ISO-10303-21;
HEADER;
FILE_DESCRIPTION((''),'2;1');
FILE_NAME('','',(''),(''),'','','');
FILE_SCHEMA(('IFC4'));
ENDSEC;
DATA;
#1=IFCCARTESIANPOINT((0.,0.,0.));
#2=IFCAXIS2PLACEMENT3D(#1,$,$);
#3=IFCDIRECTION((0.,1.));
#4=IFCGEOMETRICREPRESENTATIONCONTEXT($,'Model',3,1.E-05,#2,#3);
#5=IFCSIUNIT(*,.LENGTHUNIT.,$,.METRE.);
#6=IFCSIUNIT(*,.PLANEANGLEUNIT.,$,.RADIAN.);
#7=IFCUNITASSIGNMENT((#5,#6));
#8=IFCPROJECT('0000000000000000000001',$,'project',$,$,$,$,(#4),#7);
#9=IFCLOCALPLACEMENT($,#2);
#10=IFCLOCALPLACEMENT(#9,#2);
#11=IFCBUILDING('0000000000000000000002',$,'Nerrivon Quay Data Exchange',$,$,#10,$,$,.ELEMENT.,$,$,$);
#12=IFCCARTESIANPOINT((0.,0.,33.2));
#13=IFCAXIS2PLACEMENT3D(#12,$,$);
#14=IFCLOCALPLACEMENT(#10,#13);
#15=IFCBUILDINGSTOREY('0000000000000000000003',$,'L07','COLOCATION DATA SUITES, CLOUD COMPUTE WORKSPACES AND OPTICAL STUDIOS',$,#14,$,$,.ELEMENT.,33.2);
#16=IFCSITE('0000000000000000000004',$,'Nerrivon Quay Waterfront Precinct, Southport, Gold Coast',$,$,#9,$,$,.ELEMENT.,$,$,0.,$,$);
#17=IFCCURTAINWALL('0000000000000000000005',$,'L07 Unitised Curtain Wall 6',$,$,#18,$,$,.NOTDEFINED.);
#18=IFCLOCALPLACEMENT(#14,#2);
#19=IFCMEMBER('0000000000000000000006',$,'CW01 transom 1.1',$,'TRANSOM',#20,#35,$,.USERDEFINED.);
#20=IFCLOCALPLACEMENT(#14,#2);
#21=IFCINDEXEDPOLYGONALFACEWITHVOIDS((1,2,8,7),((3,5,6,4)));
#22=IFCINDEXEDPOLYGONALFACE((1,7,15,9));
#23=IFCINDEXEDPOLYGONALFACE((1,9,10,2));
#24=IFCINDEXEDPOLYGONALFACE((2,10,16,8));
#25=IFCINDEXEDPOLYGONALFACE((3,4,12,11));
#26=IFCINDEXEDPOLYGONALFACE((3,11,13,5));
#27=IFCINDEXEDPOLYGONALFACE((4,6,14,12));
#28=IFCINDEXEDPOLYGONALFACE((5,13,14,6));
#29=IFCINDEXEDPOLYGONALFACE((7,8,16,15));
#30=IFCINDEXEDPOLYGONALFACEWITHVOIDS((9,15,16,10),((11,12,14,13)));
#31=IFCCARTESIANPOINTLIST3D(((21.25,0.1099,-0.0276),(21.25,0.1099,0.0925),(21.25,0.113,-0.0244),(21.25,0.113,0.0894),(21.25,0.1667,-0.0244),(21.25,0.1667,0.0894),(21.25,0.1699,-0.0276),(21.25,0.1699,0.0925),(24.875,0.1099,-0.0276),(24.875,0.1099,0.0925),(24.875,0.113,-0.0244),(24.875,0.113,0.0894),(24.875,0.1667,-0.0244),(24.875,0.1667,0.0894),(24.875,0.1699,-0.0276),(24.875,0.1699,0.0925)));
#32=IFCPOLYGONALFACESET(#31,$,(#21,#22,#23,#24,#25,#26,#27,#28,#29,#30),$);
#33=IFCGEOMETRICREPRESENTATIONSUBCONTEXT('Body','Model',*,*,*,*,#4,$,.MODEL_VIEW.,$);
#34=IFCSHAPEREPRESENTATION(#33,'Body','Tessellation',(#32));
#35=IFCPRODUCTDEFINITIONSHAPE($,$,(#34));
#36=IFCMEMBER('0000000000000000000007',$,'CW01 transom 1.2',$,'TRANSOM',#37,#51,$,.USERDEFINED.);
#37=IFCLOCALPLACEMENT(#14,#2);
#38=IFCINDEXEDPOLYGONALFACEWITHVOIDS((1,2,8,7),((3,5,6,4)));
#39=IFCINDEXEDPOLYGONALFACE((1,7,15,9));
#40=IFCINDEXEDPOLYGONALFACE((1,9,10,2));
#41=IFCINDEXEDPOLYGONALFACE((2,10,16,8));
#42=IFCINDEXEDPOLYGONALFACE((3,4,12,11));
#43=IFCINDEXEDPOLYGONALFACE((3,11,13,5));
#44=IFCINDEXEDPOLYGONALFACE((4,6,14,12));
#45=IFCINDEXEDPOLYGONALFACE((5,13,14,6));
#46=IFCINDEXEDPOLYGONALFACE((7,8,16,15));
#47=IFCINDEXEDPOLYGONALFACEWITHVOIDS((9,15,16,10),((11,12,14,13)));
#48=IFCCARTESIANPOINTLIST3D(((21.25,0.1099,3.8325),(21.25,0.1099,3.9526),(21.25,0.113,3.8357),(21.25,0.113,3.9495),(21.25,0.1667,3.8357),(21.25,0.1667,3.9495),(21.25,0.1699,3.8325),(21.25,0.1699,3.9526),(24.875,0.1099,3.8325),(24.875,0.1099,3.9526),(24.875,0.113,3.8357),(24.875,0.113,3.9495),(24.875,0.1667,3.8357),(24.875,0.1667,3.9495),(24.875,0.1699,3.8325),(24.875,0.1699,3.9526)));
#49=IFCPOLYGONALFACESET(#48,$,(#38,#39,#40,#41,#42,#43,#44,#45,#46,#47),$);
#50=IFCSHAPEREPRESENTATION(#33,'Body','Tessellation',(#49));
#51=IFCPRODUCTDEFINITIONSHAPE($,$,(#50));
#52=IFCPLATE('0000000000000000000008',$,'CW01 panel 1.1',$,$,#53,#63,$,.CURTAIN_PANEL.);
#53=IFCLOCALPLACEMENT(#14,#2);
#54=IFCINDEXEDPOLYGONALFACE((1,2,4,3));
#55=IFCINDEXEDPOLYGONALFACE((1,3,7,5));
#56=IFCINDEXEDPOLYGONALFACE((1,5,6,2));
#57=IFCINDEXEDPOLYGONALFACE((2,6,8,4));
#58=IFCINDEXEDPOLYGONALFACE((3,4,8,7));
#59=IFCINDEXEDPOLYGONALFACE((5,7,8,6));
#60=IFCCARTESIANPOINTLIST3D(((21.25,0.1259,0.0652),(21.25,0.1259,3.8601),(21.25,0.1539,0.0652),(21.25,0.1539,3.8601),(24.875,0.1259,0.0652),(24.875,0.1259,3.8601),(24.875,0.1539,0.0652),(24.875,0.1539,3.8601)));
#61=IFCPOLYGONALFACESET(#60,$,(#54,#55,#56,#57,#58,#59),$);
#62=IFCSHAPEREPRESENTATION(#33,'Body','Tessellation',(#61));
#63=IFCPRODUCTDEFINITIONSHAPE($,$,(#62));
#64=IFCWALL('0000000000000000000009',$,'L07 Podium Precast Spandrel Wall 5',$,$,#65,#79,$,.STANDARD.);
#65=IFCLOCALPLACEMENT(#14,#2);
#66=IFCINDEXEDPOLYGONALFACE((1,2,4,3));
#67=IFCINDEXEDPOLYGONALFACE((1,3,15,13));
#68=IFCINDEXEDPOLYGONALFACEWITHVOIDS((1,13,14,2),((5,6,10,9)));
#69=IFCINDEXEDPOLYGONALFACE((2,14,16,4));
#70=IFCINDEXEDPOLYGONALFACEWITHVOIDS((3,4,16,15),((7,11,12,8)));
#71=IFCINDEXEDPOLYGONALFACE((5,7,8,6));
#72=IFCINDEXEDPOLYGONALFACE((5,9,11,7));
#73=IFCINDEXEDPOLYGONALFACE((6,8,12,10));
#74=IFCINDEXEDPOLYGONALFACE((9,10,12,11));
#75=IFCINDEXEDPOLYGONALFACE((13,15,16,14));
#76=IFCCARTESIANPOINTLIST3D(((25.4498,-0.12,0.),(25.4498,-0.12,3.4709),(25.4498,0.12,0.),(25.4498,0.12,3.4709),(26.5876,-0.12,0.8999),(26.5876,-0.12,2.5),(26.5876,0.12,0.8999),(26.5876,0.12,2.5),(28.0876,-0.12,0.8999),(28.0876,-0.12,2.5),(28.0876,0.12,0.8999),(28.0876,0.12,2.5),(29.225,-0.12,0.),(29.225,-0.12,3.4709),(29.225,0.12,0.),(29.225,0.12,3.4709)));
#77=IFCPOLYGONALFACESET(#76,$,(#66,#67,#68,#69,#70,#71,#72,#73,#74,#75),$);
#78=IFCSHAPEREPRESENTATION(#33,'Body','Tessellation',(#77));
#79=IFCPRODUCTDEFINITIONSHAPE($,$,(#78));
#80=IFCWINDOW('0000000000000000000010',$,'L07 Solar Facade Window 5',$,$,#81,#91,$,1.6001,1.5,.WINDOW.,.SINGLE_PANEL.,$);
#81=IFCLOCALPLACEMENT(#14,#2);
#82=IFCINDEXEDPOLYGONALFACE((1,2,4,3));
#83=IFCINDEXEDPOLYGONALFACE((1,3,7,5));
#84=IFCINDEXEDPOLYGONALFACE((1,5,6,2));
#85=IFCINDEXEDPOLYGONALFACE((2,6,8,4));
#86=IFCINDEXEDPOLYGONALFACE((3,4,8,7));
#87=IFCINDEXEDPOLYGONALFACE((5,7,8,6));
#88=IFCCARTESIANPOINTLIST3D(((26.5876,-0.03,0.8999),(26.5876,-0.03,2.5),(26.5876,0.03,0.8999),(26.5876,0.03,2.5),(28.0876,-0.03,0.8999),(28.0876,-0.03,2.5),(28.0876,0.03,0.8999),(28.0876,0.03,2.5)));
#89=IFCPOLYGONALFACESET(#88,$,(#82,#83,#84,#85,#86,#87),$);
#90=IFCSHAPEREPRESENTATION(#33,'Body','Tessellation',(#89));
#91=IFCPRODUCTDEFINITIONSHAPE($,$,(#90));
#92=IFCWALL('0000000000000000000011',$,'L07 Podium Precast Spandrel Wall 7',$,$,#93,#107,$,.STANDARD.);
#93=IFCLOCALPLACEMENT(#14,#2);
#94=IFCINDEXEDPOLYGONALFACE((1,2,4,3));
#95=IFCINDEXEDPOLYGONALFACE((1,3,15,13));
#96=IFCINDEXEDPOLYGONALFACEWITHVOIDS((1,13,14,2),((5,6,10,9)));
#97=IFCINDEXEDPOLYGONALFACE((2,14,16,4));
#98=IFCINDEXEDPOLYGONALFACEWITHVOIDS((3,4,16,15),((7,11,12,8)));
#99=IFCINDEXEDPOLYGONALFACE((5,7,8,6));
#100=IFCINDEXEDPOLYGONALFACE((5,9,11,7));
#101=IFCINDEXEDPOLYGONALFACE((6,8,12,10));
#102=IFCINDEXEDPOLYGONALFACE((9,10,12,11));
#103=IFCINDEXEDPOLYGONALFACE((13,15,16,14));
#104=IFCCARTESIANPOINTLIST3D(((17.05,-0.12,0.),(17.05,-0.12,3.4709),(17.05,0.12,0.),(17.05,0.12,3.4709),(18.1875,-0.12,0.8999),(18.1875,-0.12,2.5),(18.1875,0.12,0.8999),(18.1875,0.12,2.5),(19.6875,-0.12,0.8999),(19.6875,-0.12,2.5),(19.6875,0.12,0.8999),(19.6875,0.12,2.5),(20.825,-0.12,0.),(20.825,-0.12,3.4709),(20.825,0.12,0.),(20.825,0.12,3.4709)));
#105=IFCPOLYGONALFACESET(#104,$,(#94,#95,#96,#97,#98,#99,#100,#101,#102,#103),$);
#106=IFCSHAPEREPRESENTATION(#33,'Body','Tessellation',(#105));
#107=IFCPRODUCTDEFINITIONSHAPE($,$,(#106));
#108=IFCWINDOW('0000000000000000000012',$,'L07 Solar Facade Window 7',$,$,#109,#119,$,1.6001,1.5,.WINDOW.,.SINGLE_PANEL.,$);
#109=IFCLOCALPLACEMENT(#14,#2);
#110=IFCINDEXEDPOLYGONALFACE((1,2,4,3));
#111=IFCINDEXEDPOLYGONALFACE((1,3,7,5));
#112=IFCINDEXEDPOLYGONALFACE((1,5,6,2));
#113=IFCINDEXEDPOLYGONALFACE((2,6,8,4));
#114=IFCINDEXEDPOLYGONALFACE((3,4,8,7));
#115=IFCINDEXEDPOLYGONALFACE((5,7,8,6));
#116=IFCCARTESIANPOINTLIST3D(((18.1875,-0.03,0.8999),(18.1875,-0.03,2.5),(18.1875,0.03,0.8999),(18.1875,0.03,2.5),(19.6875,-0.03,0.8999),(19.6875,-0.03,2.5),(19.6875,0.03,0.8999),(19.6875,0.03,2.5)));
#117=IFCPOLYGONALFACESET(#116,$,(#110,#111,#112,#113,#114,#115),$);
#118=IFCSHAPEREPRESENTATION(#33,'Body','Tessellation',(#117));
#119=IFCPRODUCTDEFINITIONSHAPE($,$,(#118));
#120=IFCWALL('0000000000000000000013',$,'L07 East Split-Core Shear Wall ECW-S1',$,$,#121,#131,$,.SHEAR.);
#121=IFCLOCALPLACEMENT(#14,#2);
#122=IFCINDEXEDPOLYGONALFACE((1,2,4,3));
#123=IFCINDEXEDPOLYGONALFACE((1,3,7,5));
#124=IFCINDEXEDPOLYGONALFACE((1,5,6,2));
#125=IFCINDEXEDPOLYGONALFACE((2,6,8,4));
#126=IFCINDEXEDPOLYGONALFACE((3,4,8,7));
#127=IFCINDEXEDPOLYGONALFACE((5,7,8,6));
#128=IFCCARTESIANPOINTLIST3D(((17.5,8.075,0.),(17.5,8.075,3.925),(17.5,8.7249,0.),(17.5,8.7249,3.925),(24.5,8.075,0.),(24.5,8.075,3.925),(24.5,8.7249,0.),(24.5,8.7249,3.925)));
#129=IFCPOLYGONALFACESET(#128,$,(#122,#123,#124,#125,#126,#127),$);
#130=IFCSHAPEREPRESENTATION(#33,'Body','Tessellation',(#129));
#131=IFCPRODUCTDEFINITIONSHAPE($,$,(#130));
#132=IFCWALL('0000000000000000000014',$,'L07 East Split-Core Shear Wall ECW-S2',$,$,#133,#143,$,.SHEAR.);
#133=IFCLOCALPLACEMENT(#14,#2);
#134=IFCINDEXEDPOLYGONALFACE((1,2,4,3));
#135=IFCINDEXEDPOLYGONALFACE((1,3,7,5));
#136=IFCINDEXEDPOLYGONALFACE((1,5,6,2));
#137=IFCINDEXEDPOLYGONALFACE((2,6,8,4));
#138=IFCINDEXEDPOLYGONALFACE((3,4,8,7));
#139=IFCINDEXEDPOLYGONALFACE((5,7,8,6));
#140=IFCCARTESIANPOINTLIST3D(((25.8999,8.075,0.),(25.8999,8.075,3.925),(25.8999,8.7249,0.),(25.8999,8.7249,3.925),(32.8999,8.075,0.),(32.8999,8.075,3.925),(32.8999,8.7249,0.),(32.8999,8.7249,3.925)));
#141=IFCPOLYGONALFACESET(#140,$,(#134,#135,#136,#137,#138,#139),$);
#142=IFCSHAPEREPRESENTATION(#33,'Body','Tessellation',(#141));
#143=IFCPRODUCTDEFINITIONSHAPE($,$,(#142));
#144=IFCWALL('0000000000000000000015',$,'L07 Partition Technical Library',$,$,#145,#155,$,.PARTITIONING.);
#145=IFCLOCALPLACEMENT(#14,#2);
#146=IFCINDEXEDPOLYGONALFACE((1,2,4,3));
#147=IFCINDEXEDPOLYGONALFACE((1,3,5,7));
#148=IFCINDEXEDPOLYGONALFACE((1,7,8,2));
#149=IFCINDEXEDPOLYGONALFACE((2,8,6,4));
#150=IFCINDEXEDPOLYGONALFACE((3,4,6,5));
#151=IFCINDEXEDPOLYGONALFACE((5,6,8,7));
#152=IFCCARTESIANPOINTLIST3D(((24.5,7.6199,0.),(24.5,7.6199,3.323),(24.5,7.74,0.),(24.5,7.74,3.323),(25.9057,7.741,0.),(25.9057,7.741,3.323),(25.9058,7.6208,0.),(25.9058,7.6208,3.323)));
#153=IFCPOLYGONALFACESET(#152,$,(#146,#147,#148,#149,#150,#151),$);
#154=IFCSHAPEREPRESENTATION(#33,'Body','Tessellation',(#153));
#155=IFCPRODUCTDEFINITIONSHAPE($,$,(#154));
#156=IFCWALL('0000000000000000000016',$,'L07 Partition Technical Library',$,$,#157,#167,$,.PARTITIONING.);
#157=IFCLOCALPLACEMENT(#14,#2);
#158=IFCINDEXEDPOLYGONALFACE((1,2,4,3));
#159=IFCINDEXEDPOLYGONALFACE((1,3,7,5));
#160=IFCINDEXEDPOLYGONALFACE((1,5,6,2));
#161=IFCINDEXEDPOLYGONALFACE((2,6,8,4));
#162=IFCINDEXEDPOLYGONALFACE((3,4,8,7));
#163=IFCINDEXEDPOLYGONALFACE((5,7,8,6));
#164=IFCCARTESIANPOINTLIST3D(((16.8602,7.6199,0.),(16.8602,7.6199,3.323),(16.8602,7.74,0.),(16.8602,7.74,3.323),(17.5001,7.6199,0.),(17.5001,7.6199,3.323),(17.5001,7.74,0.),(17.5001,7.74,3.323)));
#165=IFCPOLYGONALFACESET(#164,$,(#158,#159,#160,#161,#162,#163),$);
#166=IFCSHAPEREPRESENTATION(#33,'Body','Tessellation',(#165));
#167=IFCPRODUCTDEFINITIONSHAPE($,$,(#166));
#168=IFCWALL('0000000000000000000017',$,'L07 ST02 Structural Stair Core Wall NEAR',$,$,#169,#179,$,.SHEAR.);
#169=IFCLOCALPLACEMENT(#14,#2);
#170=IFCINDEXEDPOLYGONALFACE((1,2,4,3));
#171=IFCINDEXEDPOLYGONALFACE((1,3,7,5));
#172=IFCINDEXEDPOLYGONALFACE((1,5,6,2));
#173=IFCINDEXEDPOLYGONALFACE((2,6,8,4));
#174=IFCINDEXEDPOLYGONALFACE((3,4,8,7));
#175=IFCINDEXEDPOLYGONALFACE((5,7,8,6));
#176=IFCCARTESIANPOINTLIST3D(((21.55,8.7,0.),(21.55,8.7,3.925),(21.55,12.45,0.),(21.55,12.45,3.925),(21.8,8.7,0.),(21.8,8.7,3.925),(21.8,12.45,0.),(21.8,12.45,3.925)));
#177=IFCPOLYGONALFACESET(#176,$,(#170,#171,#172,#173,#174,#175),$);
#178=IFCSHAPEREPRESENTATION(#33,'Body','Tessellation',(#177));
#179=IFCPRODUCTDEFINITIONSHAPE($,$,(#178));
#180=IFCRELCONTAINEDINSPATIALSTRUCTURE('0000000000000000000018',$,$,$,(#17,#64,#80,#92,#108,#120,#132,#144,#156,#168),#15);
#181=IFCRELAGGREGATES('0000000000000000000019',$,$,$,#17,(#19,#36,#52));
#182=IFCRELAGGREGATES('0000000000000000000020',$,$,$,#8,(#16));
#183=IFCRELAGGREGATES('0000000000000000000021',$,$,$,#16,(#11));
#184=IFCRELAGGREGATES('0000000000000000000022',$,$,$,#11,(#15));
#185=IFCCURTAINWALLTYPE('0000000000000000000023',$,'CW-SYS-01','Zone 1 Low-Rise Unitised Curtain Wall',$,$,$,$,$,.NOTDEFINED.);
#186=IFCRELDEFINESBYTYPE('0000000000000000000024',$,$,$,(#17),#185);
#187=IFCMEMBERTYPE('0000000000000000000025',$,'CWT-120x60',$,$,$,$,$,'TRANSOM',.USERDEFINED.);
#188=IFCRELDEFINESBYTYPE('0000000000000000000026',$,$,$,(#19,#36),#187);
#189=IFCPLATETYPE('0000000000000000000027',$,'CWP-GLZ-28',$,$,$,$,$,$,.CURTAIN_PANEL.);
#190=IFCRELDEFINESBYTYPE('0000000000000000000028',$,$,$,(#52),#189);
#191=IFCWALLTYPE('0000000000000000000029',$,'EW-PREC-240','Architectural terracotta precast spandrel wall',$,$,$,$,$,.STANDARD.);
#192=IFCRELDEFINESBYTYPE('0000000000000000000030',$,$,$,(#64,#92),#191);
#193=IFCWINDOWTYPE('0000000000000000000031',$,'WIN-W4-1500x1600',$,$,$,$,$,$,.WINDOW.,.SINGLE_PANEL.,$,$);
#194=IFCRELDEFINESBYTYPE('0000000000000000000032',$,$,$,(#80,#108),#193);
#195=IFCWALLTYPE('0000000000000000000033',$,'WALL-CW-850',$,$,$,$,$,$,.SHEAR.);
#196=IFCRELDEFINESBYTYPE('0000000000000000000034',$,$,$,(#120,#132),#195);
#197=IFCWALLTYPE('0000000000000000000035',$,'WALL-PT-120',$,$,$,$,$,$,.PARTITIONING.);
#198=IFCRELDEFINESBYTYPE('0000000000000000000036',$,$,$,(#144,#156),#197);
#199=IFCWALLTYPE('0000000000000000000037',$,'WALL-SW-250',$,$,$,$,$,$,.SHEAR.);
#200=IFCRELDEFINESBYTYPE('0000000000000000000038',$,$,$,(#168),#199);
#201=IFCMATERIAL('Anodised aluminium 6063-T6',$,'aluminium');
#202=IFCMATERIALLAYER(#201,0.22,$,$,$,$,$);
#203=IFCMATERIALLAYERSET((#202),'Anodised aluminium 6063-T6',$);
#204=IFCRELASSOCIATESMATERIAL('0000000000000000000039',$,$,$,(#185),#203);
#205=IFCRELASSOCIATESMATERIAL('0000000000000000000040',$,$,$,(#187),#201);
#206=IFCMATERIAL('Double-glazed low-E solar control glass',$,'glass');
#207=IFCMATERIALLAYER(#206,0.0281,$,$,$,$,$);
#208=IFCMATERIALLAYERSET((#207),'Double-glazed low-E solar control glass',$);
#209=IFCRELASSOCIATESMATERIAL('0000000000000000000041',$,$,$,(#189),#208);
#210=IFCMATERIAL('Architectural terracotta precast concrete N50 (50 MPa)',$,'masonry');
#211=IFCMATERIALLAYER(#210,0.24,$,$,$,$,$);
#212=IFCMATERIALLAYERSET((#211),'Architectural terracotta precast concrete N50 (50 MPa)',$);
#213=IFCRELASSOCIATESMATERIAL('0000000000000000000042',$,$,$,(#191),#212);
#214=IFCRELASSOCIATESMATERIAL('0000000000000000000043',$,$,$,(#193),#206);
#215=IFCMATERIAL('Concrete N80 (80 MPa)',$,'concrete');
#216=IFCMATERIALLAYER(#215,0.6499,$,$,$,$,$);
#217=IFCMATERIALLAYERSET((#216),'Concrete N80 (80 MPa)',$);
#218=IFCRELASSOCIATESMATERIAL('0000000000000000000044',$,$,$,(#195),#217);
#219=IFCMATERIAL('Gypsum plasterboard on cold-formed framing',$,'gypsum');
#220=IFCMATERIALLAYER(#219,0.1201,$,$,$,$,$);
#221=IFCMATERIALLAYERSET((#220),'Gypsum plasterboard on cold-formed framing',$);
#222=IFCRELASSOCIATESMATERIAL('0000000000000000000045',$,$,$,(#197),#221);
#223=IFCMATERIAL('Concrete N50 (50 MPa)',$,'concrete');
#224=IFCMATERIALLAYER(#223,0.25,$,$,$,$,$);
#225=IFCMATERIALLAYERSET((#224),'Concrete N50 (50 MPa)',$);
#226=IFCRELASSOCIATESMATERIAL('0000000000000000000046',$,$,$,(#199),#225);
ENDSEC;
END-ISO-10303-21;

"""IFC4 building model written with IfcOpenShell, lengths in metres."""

from ifc_helpers import new_model, si_unit, direction, frame, frame_2d, origin, origin_2d, place, context, subcontext, project, spatial, rectangle, hollow_rectangle, extrude, material, layer, layer_set, material_profile, profile_set, type_object, element, fill, aggregate, save


model = new_model("IFC4")

# Units and contexts
model_context = context("Model", 3, precision=1e-05, world=origin(), true_north=direction((0.0, 1.0)))
body_context = subcontext(model_context, "Body", "Model", "MODEL_VIEW")
ifc_project = project(units=[si_unit("LENGTHUNIT", "METRE"), si_unit("PLANEANGLEUNIT", "RADIAN")], contexts=[model_context])

# Site, building, storey
site_placement = place(None, origin())
site = spatial("IfcSite", under=ifc_project, at=site_placement, Name="Nerrivon Quay Waterfront Precinct, Southport, Gold Coast", CompositionType="ELEMENT", RefElevation=0.0)
building_placement = place(site_placement, origin())
building = spatial("IfcBuilding", under=site, at=building_placement, Name="Nerrivon Quay Data Exchange", CompositionType="ELEMENT")
storey_placement = place(building_placement, frame((0.0, 0.0, 33.2)))
storey = spatial("IfcBuildingStorey", under=building, at=storey_placement, Name="L07", Description="COLOCATION DATA SUITES, CLOUD COMPUTE WORKSPACES AND OPTICAL STUDIOS", CompositionType="ELEMENT", Elevation=33.2)

# Shared definitions
ifc_material_1 = material(Name="Concrete N80 (80 MPa)", Category="concrete")
ifc_material_2 = material(Name="Concrete N50 (50 MPa)", Category="concrete")

# Shared definitions
ifc_material_3 = material(Name="Anodised aluminium 6063-T6", Category="aluminium")
ifc_layer_1 = layer(ifc_material_3, 0.22)
ifc_layer_set_1 = layer_set([ifc_layer_1], Name="Anodised aluminium 6063-T6")
curtain_wall_type = type_object("IfcCurtainWallType", Name="CW-SYS-01", Description="Zone 1 Low-Rise Unitised Curtain Wall", PredefinedType="NOTDEFINED", material=ifc_layer_set_1)

# Curtain wall, members, plate
curtain_wall_1_placement = place(storey_placement, origin())
curtain_wall_1 = element("IfcCurtainWall", 1, at=curtain_wall_1_placement, inside=storey, type_object=curtain_wall_type, Name="L07 Unitised Curtain Wall 6", PredefinedType="NOTDEFINED")
ifc_material_profile_1 = material_profile(ifc_material_3, hollow_rectangle(XDim=0.0601, YDim=0.1201, WallThickness=0.0032, at=origin_2d()), Name="ALU-TRAN-120x60")
ifc_profile_set_1 = profile_set([ifc_material_profile_1], Name="Anodised aluminium 6063-T6")
member_type_1 = type_object("IfcMemberType", Name="CWT-120x60", ElementType="TRANSOM", PredefinedType="USERDEFINED", material=ifc_profile_set_1)
member_1_placement = place(storey_placement, frame((24.875, 0.1399, 0.0325), z_axis=(-1.0, 0.0, 0.0), x_axis=(0.0, -1.0, 0.0)))
member_1 = element("IfcMember", 2, at=member_1_placement, type_object=member_type_1, Name="CW01 transom 1.1", ObjectType="TRANSOM", PredefinedType="USERDEFINED", context=body_context, shape_type="SweptSolid", body=[
    extrude(hollow_rectangle(XDim=0.0601, YDim=0.1201, WallThickness=0.0032, at=origin_2d()), origin(), (0.0, 0.0, 1.0), 3.625),
])
member_2_placement = place(storey_placement, frame((24.875, 0.1399, 3.8926), z_axis=(-1.0, 0.0, 0.0), x_axis=(0.0, -1.0, 0.0)))
member_2 = element("IfcMember", 3, at=member_2_placement, type_object=member_type_1, Name="CW01 transom 1.2", ObjectType="TRANSOM", PredefinedType="USERDEFINED", context=body_context, shape_type="SweptSolid", body=[
    extrude(hollow_rectangle(XDim=0.0601, YDim=0.1201, WallThickness=0.0032, at=origin_2d()), origin(), (0.0, 0.0, 1.0), 3.625),
])
ifc_material_4 = material(Name="Double-glazed low-E solar control glass", Category="glass")
ifc_layer_2 = layer(ifc_material_4, 0.0281)
ifc_layer_set_2 = layer_set([ifc_layer_2], Name="Double-glazed low-E solar control glass")
plate_type = type_object("IfcPlateType", Name="CWP-GLZ-28", PredefinedType="CURTAIN_PANEL", material=ifc_layer_set_2)
plate_placement = place(storey_placement, frame((23.0625, 0.1399, 0.0652), z_axis=(0.0, 0.0, 1.0), x_axis=(-1.0, 0.0, 0.0)))
plate = element("IfcPlate", 4, at=plate_placement, type_object=plate_type, Name="CW01 panel 1.1", PredefinedType="CURTAIN_PANEL", context=body_context, shape_type="SweptSolid", body=[
    extrude(rectangle(XDim=3.625, YDim=0.0281, at=origin_2d()), origin(), (0.0, 0.0, 1.0), 3.7949),
])
aggregate(curtain_wall_1, [member_1, member_2, plate])

# Walls, openings, windows
ifc_material_5 = material(Name="Architectural terracotta precast concrete N50 (50 MPa)", Category="masonry")
ifc_layer_3 = layer(ifc_material_5, 0.24)
ifc_layer_set_3 = layer_set([ifc_layer_3], Name="Architectural terracotta precast concrete N50 (50 MPa)")
wall_type_1 = type_object("IfcWallType", Name="EW-PREC-240", Description="Architectural terracotta precast spandrel wall", PredefinedType="STANDARD", material=ifc_layer_set_3)
wall_1_placement = place(storey_placement, frame((29.2251, 0.0, 0.0), z_axis=(0.0, 0.0, 1.0), x_axis=(-1.0, 0.0, 0.0)))
wall_1 = element("IfcWall", 5, at=wall_1_placement, inside=storey, type_object=wall_type_1, Name="L07 Podium Precast Spandrel Wall 5", PredefinedType="STANDARD", context=body_context, shape_type="SweptSolid", body=[
    extrude(rectangle(XDim=3.7751, YDim=0.24, at=frame_2d((1.8877, 0.0))), origin(), (0.0, 0.0, 1.0), 3.4709),
])
opening_1_placement = place(wall_1_placement, frame((1.1375, 0.0, 0.8999)))
opening_1 = element("IfcOpeningElement", 6, at=opening_1_placement, cuts=wall_1, PredefinedType="OPENING", context=body_context, shape_type="SweptSolid", body=[
    extrude(rectangle(XDim=1.5, YDim=1.6001, at=frame_2d((0.75, 0.8))), frame((0.0, 0.1299, 0.0), z_axis=(0.0, -1.0, 0.0), x_axis=(1.0, 0.0, 0.0)), (0.0, 0.0, 1.0), 0.26),
])
window_type = type_object("IfcWindowType", Name="WIN-W4-1500x1600", PartitioningType="SINGLE_PANEL", PredefinedType="WINDOW", material=ifc_material_4)
window_1_placement = place(opening_1_placement, origin())
window_1 = element("IfcWindow", 7, at=window_1_placement, inside=storey, type_object=window_type, Name="L07 Solar Facade Window 5", OverallHeight=1.6001, OverallWidth=1.5, PartitioningType="SINGLE_PANEL", PredefinedType="WINDOW", context=body_context, shape_type="SweptSolid", body=[
    extrude(rectangle(XDim=1.5, YDim=1.6001, at=frame_2d((0.75, 0.8))), frame((0.0, 0.03, 0.0), z_axis=(0.0, -1.0, 0.0), x_axis=(1.0, 0.0, 0.0)), (0.0, 0.0, 1.0), 0.0601),
])
fill(opening_1, window_1)
wall_2_placement = place(storey_placement, frame((20.825, 0.0, 0.0), z_axis=(0.0, 0.0, 1.0), x_axis=(-1.0, 0.0, 0.0)))
wall_2 = element("IfcWall", 8, at=wall_2_placement, inside=storey, type_object=wall_type_1, Name="L07 Podium Precast Spandrel Wall 7", PredefinedType="STANDARD", context=body_context, shape_type="SweptSolid", body=[
    extrude(rectangle(XDim=3.7749, YDim=0.24, at=frame_2d((1.8875, 0.0))), origin(), (0.0, 0.0, 1.0), 3.4709),
])
opening_2_placement = place(wall_2_placement, frame((1.1375, 0.0, 0.8999)))
opening_2 = element("IfcOpeningElement", 9, at=opening_2_placement, cuts=wall_2, PredefinedType="OPENING", context=body_context, shape_type="SweptSolid", body=[
    extrude(rectangle(XDim=1.5, YDim=1.6001, at=frame_2d((0.75, 0.8))), frame((0.0, 0.1299, 0.0), z_axis=(0.0, -1.0, 0.0), x_axis=(1.0, 0.0, 0.0)), (0.0, 0.0, 1.0), 0.26),
])
window_2_placement = place(opening_2_placement, origin())
window_2 = element("IfcWindow", 10, at=window_2_placement, inside=storey, type_object=window_type, Name="L07 Solar Facade Window 7", OverallHeight=1.6001, OverallWidth=1.5, PartitioningType="SINGLE_PANEL", PredefinedType="WINDOW", context=body_context, shape_type="SweptSolid", body=[
    extrude(rectangle(XDim=1.5, YDim=1.6001, at=frame_2d((0.75, 0.8))), frame((0.0, 0.03, 0.0), z_axis=(0.0, -1.0, 0.0), x_axis=(1.0, 0.0, 0.0)), (0.0, 0.0, 1.0), 0.0601),
])
fill(opening_2, window_2)

# Walls
ifc_layer_4 = layer(ifc_material_1, 0.6499)
ifc_layer_set_4 = layer_set([ifc_layer_4], Name="Concrete N80 (80 MPa)")
wall_type_2 = type_object("IfcWallType", Name="WALL-CW-850", PredefinedType="SHEAR", material=ifc_layer_set_4)
for number, where, z_axis, x_axis, name in (
    (11, (17.5, 8.3999, 0.0), (0.0, 0.0, 1.0), (1.0, 0.0, 0.0), "L07 East Split-Core Shear Wall ECW-S1"),
    (12, (25.8999, 8.3999, 0.0), (0.0, 0.0, 1.0), (1.0, 0.0, 0.0), "L07 East Split-Core Shear Wall ECW-S2"),
):
    element("IfcWall", number, at=place(storey_placement, frame(where, z_axis=z_axis, x_axis=x_axis)), inside=storey, type_object=wall_type_2, Name=name, PredefinedType="SHEAR", context=body_context, shape_type="SweptSolid", body=[
        extrude(rectangle(XDim=7.0, YDim=0.6499, at=frame_2d((3.5, 0.0))), origin(), (0.0, 0.0, 1.0), 3.925),
    ])
ifc_material_6 = material(Name="Gypsum plasterboard on cold-formed framing", Category="gypsum")
ifc_layer_5 = layer(ifc_material_6, 0.1201)
ifc_layer_set_5 = layer_set([ifc_layer_5], Name="Gypsum plasterboard on cold-formed framing")
wall_type_3 = type_object("IfcWallType", Name="WALL-PT-120", PredefinedType="PARTITIONING", material=ifc_layer_set_5)
wall_3_placement = place(storey_placement, frame((25.9058, 7.6809, 0.0), z_axis=(0.0, 0.0, 1.0), x_axis=(-1.0, -0.000695, 0.0)))
element("IfcWall", 13, at=wall_3_placement, inside=storey, type_object=wall_type_3, Name="L07 Partition Technical Library", PredefinedType="PARTITIONING", context=body_context, shape_type="SweptSolid", body=[
    extrude(rectangle(XDim=1.4058, YDim=0.1201, at=frame_2d((0.7029, 0.0))), origin(), (0.0, 0.0, 1.0), 3.323),
])
wall_4_placement = place(storey_placement, frame((17.5, 7.6799, 0.0), z_axis=(0.0, 0.0, 1.0), x_axis=(-1.0, 0.0, 0.0)))
element("IfcWall", 14, at=wall_4_placement, inside=storey, type_object=wall_type_3, Name="L07 Partition Technical Library", PredefinedType="PARTITIONING", context=body_context, shape_type="SweptSolid", body=[
    extrude(rectangle(XDim=0.6399, YDim=0.1201, at=frame_2d((0.3198, 0.0))), origin(), (0.0, 0.0, 1.0), 3.323),
])
ifc_layer_6 = layer(ifc_material_2, 0.25)
ifc_layer_set_6 = layer_set([ifc_layer_6], Name="Concrete N50 (50 MPa)")
wall_type_4 = type_object("IfcWallType", Name="WALL-SW-250", PredefinedType="SHEAR", material=ifc_layer_set_6)
for number, where, z_axis, x_axis, name in (
    (15, (21.675, 8.7, 0.0), (0.0, 0.0, 1.0), (0.0, 1.0, 0.0), "L07 ST02 Structural Stair Core Wall NEAR"),
):
    element("IfcWall", number, at=place(storey_placement, frame(where, z_axis=z_axis, x_axis=x_axis)), inside=storey, type_object=wall_type_4, Name=name, PredefinedType="SHEAR", context=body_context, shape_type="SweptSolid", body=[
        extrude(rectangle(XDim=3.75, YDim=0.25, at=frame_2d((1.875, 0.0))), origin(), (0.0, 0.0, 1.0), 3.925),
    ])

save(model, "model.ifc")
